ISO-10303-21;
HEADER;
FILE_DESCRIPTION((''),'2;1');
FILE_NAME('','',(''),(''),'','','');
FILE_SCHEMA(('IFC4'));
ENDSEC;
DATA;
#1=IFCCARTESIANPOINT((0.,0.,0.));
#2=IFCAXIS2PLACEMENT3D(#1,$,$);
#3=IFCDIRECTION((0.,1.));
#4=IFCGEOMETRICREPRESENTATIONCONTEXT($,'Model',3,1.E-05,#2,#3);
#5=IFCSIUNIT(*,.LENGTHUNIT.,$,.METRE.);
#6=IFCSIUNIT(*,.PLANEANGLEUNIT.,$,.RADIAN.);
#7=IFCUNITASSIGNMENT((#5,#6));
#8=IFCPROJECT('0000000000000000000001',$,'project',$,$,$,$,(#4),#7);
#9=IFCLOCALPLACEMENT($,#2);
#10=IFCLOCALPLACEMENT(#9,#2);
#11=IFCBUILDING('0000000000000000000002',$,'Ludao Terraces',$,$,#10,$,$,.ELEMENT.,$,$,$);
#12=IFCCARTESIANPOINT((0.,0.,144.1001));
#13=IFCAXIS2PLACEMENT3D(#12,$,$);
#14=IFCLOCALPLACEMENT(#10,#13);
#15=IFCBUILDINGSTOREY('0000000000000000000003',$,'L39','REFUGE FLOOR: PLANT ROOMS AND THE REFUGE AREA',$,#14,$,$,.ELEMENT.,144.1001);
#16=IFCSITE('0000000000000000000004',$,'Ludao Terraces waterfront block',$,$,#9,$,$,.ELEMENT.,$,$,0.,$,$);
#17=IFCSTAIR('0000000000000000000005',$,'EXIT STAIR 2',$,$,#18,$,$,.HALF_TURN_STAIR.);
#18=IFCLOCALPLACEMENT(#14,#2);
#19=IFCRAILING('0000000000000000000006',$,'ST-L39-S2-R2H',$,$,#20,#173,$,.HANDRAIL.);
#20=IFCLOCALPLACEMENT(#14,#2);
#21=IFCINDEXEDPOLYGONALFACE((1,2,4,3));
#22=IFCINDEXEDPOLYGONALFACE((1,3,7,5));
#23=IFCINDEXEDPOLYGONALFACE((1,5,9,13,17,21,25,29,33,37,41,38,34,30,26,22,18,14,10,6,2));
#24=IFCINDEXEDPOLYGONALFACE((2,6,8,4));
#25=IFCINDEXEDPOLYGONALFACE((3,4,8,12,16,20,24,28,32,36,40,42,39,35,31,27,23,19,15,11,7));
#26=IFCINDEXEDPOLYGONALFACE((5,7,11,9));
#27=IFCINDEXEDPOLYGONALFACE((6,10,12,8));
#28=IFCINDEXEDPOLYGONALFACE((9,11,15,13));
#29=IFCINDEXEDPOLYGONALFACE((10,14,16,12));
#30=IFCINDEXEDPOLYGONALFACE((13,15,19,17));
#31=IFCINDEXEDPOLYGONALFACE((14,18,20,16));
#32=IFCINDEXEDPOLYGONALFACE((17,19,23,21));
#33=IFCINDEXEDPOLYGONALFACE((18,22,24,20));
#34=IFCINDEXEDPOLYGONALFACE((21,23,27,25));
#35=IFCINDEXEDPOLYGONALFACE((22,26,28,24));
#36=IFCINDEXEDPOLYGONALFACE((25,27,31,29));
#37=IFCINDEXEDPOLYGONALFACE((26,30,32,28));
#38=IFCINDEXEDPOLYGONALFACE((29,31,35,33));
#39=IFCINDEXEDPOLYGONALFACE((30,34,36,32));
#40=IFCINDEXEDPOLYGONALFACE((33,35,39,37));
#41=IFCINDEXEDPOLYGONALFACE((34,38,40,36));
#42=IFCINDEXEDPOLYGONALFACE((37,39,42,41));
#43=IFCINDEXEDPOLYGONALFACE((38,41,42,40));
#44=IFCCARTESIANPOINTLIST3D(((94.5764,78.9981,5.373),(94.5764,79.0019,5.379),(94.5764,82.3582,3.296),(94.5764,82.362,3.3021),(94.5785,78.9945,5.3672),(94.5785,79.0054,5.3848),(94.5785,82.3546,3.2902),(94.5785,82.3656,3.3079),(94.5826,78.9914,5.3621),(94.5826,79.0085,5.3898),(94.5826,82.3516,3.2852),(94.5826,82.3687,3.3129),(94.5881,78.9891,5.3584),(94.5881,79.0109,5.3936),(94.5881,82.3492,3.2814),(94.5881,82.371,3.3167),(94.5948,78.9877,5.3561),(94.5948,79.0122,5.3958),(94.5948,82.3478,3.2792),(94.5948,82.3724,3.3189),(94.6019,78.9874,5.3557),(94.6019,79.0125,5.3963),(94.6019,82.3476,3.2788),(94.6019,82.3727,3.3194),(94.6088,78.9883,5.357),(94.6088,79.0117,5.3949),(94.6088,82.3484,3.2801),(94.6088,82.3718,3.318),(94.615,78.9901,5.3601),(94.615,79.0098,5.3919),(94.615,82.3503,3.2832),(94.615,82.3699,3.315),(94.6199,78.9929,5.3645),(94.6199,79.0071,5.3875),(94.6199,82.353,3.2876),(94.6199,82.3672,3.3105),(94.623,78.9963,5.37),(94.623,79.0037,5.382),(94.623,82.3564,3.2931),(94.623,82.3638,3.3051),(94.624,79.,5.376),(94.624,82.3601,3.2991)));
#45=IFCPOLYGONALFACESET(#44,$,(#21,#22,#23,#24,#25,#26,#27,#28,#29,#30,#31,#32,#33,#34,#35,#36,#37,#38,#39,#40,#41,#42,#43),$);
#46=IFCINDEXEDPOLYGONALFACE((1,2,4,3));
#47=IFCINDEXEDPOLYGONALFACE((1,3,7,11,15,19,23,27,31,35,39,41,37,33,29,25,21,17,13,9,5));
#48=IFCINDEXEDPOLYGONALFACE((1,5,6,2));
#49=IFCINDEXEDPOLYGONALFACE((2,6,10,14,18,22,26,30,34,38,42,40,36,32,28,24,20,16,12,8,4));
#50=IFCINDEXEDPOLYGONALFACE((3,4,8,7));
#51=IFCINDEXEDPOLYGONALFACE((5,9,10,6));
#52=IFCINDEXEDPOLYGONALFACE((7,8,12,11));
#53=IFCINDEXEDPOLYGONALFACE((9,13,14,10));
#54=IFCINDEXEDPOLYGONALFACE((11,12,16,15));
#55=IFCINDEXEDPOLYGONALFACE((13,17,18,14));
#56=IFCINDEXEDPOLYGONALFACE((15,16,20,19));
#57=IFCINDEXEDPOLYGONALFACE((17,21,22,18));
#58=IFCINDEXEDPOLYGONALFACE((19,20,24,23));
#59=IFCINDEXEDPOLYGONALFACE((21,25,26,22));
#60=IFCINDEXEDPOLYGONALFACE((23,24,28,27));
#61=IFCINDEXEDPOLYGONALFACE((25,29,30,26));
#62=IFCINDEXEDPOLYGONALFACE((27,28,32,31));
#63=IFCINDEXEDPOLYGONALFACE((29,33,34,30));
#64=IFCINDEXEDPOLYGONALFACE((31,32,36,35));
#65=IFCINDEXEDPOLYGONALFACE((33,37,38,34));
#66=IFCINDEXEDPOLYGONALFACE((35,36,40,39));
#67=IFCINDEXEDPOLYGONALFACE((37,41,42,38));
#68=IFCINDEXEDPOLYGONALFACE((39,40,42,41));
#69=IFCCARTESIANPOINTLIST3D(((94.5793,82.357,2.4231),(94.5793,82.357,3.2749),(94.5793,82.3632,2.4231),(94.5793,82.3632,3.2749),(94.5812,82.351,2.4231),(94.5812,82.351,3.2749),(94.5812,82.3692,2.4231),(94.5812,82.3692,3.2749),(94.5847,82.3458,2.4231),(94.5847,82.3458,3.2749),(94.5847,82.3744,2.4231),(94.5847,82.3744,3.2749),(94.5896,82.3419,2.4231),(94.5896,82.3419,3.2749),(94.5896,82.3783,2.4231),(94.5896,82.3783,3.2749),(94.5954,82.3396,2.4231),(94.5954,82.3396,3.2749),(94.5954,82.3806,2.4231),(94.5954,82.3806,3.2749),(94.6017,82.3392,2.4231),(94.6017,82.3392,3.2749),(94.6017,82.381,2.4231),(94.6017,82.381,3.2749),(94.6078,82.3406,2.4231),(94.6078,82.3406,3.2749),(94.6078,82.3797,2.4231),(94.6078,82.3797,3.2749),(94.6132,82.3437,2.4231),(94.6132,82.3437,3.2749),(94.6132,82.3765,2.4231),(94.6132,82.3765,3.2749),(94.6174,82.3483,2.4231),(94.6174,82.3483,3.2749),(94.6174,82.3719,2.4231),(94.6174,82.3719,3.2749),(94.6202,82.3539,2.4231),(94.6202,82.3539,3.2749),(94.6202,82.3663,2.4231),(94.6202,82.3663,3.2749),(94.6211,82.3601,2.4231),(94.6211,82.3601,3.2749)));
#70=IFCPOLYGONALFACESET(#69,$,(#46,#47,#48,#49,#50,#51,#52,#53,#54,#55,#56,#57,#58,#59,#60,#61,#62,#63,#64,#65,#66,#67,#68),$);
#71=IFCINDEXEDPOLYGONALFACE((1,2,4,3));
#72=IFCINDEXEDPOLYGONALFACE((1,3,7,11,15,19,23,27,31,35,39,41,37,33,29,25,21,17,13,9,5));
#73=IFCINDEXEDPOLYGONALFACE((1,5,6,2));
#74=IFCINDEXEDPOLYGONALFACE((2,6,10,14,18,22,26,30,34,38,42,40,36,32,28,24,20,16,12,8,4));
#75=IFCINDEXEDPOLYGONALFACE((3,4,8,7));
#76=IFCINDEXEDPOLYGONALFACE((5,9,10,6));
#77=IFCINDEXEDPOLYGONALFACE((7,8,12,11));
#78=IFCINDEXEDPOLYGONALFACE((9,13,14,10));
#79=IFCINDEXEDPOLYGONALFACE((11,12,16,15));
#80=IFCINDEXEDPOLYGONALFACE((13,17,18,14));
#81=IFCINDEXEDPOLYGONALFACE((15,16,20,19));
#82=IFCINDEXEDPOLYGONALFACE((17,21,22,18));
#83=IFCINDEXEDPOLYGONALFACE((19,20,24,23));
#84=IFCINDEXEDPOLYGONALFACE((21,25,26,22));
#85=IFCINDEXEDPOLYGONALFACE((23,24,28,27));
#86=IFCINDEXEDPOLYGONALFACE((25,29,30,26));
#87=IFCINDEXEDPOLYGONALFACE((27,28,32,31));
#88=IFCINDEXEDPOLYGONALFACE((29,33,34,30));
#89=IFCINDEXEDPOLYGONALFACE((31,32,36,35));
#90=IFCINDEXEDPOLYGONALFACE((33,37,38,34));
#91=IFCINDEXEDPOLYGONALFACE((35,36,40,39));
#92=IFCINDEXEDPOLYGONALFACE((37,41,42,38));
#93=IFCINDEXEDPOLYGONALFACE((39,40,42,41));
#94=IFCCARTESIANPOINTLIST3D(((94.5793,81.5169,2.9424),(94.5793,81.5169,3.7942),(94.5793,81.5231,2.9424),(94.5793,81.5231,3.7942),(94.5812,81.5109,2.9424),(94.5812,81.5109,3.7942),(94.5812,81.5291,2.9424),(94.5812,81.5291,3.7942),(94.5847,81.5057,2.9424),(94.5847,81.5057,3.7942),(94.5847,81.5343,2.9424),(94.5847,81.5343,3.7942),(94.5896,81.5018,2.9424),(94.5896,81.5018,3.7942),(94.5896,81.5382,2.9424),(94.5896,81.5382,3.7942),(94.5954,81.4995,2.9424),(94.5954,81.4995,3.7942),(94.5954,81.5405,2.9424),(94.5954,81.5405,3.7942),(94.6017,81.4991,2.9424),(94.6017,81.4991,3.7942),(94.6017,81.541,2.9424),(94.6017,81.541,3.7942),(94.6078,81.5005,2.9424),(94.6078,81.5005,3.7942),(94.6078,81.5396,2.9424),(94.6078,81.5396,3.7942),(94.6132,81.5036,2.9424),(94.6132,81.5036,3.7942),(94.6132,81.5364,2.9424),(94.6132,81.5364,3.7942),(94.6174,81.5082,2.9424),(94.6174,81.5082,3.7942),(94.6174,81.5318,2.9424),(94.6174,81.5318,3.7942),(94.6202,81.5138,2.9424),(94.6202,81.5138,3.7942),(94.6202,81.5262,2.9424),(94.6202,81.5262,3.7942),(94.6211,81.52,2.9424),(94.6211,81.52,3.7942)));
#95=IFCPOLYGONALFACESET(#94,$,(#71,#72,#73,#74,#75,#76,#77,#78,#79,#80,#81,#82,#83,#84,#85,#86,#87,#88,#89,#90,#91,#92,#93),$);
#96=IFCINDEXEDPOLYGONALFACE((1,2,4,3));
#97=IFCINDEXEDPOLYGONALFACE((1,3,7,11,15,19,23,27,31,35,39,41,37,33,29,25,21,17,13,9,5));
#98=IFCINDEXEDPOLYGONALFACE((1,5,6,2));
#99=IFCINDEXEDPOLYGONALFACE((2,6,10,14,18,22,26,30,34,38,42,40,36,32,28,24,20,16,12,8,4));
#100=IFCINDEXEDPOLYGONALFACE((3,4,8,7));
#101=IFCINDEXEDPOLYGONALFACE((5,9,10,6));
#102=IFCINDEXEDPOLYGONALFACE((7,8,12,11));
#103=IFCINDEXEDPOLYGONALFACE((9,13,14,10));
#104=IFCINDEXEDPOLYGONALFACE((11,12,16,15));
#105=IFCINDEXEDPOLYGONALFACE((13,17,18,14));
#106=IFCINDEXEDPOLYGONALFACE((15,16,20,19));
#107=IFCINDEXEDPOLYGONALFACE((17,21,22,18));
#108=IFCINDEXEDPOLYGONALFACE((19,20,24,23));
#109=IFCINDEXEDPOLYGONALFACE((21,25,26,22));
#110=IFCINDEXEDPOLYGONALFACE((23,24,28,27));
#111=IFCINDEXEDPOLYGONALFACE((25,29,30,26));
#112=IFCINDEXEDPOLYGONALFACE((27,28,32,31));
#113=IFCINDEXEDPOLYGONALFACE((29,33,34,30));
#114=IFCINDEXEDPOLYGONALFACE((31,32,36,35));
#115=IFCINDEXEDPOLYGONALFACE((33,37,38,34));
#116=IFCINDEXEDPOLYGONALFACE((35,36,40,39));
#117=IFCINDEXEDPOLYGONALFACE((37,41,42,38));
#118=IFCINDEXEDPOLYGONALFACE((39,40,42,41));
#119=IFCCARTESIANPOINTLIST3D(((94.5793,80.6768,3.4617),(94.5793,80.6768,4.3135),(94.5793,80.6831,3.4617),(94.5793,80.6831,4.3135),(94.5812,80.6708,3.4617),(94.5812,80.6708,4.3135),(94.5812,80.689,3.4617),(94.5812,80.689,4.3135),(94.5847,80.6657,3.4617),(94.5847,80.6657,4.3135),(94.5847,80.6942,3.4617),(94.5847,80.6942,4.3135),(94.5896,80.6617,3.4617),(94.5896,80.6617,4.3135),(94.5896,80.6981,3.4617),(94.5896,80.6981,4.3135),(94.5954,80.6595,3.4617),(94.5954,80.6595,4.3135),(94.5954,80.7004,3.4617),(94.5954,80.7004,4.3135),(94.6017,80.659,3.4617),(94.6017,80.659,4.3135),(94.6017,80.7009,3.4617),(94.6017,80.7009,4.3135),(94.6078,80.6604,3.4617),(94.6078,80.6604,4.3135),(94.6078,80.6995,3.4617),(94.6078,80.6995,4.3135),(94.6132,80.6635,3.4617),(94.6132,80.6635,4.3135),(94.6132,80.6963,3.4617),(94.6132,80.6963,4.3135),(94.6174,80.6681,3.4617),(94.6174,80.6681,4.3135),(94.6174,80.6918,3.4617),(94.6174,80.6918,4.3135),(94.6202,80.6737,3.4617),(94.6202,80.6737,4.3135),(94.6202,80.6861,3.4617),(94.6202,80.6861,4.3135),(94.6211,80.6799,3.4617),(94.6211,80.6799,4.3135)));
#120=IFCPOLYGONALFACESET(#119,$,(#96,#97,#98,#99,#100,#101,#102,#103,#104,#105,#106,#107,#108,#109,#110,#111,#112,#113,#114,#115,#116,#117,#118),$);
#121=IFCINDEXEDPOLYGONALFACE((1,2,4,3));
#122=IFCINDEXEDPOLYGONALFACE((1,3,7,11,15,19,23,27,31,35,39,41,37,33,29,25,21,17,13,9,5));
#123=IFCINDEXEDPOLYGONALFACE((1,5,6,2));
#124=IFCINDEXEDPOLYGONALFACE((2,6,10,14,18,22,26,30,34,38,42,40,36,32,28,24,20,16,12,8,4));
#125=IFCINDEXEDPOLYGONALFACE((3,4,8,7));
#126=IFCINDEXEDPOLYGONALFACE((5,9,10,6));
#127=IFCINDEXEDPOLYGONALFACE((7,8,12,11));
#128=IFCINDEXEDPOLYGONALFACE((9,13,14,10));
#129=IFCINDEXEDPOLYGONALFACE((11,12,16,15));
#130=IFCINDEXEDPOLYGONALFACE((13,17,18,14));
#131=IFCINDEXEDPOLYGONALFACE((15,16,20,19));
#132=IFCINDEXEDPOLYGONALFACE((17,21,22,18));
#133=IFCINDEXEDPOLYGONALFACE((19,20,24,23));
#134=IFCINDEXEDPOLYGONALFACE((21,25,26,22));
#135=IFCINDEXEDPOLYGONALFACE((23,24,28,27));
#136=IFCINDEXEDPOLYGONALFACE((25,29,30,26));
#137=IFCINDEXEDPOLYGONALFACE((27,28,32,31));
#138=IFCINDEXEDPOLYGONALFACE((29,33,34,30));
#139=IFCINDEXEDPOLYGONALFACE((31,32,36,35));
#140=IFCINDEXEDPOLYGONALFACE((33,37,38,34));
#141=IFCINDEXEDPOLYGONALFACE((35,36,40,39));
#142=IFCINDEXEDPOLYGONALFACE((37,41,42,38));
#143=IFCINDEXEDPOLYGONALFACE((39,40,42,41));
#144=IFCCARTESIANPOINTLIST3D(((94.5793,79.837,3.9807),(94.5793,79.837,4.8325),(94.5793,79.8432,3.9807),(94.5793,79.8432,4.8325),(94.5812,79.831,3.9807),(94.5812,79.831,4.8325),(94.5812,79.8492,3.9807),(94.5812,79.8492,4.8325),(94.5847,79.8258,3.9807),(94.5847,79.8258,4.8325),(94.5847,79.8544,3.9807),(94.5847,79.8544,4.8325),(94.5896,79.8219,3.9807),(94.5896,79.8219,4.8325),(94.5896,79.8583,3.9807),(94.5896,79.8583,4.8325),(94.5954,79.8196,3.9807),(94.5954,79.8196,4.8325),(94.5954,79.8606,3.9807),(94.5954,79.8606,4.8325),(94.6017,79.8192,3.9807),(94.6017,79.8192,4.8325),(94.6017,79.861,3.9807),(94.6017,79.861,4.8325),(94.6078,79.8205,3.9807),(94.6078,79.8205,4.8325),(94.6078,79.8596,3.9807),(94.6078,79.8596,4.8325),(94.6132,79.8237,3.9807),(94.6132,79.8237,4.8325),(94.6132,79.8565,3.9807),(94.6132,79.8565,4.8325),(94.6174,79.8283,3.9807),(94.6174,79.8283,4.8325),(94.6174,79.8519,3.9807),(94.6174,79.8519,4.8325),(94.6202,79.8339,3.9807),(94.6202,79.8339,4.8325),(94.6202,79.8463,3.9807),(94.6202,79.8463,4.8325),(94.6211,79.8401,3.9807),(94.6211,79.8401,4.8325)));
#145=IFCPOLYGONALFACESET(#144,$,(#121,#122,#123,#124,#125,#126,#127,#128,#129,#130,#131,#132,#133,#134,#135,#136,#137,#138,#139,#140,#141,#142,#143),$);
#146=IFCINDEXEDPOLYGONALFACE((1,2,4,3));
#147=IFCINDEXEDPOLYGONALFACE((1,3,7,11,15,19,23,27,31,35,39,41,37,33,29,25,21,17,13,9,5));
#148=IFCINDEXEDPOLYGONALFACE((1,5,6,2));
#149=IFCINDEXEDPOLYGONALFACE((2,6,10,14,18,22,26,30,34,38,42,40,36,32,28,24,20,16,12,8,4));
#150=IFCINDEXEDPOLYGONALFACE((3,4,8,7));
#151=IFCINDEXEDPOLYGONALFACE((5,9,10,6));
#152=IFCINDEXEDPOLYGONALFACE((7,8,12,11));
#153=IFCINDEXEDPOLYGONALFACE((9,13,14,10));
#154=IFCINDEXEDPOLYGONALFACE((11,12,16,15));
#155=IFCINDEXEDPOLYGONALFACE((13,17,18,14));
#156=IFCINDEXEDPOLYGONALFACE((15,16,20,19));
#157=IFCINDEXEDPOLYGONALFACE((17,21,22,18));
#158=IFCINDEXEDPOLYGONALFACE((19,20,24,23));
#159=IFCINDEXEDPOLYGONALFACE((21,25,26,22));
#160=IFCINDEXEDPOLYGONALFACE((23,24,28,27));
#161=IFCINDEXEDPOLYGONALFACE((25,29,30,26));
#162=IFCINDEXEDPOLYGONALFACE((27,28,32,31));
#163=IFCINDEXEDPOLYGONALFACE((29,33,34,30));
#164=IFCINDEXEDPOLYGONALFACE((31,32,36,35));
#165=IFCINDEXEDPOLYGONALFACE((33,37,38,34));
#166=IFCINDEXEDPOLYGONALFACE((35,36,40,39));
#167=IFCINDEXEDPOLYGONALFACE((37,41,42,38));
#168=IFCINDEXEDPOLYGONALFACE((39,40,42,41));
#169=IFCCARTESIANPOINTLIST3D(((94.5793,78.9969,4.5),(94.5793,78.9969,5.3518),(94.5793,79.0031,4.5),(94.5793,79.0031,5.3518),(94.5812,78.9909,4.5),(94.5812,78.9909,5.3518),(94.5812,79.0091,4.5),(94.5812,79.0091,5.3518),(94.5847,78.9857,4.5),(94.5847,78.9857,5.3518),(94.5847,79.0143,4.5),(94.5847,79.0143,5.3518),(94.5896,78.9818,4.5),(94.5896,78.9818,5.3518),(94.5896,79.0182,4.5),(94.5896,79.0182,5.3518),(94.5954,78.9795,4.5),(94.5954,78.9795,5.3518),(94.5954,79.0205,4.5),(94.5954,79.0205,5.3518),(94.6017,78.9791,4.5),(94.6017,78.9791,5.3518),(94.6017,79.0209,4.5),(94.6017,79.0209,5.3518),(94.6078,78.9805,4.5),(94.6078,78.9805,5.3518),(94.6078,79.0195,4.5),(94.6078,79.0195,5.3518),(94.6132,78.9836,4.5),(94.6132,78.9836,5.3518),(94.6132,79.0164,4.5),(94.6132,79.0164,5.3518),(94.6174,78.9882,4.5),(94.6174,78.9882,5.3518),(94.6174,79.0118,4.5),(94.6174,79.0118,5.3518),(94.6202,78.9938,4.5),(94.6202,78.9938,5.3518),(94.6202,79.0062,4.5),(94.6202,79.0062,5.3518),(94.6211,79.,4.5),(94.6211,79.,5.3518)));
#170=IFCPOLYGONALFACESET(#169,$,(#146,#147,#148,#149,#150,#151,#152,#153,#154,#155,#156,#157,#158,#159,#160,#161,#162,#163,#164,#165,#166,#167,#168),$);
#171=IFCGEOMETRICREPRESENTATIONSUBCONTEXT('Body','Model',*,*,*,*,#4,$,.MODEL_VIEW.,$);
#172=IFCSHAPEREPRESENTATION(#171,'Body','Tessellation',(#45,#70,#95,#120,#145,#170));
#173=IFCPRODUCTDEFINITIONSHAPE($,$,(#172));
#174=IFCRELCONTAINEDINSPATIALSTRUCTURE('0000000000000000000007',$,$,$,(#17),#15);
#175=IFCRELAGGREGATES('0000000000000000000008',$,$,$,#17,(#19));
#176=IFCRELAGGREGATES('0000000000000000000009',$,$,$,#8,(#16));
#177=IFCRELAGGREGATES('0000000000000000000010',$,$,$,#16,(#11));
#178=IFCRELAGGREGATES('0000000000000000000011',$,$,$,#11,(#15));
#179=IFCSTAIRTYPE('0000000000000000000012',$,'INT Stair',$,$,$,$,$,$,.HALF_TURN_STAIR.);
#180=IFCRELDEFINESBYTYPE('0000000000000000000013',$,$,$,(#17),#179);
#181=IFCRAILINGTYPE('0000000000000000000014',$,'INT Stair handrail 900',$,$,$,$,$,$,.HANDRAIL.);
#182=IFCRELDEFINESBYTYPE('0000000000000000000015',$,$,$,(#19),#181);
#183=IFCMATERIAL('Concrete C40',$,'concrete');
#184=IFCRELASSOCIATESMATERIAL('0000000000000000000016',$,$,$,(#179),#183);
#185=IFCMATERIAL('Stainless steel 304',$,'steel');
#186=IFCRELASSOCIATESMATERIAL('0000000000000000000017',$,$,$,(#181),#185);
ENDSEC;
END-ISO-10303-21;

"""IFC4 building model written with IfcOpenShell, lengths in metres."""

from ifc_helpers import new_model, si_unit, direction, frame, origin, origin_2d, place, context, subcontext, project, spatial, circle, extrude, material, type_object, element, aggregate, save


model = new_model("IFC4")

# Units and contexts
model_context = context("Model", 3, precision=1e-05, world=origin(), true_north=direction((0.0, 1.0)))
body_context = subcontext(model_context, "Body", "Model", "MODEL_VIEW")
ifc_project = project(units=[si_unit("LENGTHUNIT", "METRE"), si_unit("PLANEANGLEUNIT", "RADIAN")], contexts=[model_context])

# Site, building, storey
site_placement = place(None, origin())
site = spatial("IfcSite", under=ifc_project, at=site_placement, Name="Ludao Terraces waterfront block", CompositionType="ELEMENT", RefElevation=0.0)
building_placement = place(site_placement, origin())
building = spatial("IfcBuilding", under=site, at=building_placement, Name="Ludao Terraces", CompositionType="ELEMENT")
storey_placement = place(building_placement, frame((0.0, 0.0, 144.1001)))
storey = spatial("IfcBuildingStorey", under=building, at=storey_placement, Name="L39", Description="REFUGE FLOOR: PLANT ROOMS AND THE REFUGE AREA", CompositionType="ELEMENT", Elevation=144.1001)

# Shared definitions
ifc_material_1 = material(Name="Stainless steel 304", Category="steel")

# Stair, railing
ifc_material_2 = material(Name="Concrete C40", Category="concrete")
stair_type = type_object("IfcStairType", Name="INT Stair", PredefinedType="HALF_TURN_STAIR", material=ifc_material_2)
stair_placement = place(storey_placement, origin())
stair = element("IfcStair", 1, at=stair_placement, inside=storey, type_object=stair_type, Name="EXIT STAIR 2", PredefinedType="HALF_TURN_STAIR")
railing_type_1 = type_object("IfcRailingType", Name="INT Stair handrail 900", PredefinedType="HANDRAIL", material=ifc_material_1)
railing_1_placement = place(storey_placement, frame((94.6001, 82.3601, 2.4231)))
railing_1 = element("IfcRailing", 2, at=railing_1_placement, type_object=railing_type_1, Name="ST-L39-S2-R2H", PredefinedType="HANDRAIL", context=body_context, shape_type="SweptSolid", body=[
    extrude(circle(Radius=0.0239, at=origin_2d()), frame((0.0, 0.0, 0.876), z_axis=(0.0, -0.850623, 0.525776), x_axis=(1.0, 0.0, 0.0)), (0.0, 0.0, 1.0), 3.9502),
    extrude(circle(Radius=0.021, at=origin_2d()), origin(), (0.0, 0.0, 1.0), 0.8518),
    extrude(circle(Radius=0.021, at=origin_2d()), frame((0.0, -0.8401, 0.5193)), (0.0, 0.0, 1.0), 0.8518),
    extrude(circle(Radius=0.021, at=origin_2d()), frame((0.0, -1.6802, 1.0386)), (0.0, 0.0, 1.0), 0.8518),
    extrude(circle(Radius=0.021, at=origin_2d()), frame((0.0, -2.52, 1.5576)), (0.0, 0.0, 1.0), 0.8518),
    extrude(circle(Radius=0.021, at=origin_2d()), frame((0.0, -3.3601, 2.0769)), (0.0, 0.0, 1.0), 0.8518),
])
aggregate(stair, [railing_1])

save(model, "model.ifc")
